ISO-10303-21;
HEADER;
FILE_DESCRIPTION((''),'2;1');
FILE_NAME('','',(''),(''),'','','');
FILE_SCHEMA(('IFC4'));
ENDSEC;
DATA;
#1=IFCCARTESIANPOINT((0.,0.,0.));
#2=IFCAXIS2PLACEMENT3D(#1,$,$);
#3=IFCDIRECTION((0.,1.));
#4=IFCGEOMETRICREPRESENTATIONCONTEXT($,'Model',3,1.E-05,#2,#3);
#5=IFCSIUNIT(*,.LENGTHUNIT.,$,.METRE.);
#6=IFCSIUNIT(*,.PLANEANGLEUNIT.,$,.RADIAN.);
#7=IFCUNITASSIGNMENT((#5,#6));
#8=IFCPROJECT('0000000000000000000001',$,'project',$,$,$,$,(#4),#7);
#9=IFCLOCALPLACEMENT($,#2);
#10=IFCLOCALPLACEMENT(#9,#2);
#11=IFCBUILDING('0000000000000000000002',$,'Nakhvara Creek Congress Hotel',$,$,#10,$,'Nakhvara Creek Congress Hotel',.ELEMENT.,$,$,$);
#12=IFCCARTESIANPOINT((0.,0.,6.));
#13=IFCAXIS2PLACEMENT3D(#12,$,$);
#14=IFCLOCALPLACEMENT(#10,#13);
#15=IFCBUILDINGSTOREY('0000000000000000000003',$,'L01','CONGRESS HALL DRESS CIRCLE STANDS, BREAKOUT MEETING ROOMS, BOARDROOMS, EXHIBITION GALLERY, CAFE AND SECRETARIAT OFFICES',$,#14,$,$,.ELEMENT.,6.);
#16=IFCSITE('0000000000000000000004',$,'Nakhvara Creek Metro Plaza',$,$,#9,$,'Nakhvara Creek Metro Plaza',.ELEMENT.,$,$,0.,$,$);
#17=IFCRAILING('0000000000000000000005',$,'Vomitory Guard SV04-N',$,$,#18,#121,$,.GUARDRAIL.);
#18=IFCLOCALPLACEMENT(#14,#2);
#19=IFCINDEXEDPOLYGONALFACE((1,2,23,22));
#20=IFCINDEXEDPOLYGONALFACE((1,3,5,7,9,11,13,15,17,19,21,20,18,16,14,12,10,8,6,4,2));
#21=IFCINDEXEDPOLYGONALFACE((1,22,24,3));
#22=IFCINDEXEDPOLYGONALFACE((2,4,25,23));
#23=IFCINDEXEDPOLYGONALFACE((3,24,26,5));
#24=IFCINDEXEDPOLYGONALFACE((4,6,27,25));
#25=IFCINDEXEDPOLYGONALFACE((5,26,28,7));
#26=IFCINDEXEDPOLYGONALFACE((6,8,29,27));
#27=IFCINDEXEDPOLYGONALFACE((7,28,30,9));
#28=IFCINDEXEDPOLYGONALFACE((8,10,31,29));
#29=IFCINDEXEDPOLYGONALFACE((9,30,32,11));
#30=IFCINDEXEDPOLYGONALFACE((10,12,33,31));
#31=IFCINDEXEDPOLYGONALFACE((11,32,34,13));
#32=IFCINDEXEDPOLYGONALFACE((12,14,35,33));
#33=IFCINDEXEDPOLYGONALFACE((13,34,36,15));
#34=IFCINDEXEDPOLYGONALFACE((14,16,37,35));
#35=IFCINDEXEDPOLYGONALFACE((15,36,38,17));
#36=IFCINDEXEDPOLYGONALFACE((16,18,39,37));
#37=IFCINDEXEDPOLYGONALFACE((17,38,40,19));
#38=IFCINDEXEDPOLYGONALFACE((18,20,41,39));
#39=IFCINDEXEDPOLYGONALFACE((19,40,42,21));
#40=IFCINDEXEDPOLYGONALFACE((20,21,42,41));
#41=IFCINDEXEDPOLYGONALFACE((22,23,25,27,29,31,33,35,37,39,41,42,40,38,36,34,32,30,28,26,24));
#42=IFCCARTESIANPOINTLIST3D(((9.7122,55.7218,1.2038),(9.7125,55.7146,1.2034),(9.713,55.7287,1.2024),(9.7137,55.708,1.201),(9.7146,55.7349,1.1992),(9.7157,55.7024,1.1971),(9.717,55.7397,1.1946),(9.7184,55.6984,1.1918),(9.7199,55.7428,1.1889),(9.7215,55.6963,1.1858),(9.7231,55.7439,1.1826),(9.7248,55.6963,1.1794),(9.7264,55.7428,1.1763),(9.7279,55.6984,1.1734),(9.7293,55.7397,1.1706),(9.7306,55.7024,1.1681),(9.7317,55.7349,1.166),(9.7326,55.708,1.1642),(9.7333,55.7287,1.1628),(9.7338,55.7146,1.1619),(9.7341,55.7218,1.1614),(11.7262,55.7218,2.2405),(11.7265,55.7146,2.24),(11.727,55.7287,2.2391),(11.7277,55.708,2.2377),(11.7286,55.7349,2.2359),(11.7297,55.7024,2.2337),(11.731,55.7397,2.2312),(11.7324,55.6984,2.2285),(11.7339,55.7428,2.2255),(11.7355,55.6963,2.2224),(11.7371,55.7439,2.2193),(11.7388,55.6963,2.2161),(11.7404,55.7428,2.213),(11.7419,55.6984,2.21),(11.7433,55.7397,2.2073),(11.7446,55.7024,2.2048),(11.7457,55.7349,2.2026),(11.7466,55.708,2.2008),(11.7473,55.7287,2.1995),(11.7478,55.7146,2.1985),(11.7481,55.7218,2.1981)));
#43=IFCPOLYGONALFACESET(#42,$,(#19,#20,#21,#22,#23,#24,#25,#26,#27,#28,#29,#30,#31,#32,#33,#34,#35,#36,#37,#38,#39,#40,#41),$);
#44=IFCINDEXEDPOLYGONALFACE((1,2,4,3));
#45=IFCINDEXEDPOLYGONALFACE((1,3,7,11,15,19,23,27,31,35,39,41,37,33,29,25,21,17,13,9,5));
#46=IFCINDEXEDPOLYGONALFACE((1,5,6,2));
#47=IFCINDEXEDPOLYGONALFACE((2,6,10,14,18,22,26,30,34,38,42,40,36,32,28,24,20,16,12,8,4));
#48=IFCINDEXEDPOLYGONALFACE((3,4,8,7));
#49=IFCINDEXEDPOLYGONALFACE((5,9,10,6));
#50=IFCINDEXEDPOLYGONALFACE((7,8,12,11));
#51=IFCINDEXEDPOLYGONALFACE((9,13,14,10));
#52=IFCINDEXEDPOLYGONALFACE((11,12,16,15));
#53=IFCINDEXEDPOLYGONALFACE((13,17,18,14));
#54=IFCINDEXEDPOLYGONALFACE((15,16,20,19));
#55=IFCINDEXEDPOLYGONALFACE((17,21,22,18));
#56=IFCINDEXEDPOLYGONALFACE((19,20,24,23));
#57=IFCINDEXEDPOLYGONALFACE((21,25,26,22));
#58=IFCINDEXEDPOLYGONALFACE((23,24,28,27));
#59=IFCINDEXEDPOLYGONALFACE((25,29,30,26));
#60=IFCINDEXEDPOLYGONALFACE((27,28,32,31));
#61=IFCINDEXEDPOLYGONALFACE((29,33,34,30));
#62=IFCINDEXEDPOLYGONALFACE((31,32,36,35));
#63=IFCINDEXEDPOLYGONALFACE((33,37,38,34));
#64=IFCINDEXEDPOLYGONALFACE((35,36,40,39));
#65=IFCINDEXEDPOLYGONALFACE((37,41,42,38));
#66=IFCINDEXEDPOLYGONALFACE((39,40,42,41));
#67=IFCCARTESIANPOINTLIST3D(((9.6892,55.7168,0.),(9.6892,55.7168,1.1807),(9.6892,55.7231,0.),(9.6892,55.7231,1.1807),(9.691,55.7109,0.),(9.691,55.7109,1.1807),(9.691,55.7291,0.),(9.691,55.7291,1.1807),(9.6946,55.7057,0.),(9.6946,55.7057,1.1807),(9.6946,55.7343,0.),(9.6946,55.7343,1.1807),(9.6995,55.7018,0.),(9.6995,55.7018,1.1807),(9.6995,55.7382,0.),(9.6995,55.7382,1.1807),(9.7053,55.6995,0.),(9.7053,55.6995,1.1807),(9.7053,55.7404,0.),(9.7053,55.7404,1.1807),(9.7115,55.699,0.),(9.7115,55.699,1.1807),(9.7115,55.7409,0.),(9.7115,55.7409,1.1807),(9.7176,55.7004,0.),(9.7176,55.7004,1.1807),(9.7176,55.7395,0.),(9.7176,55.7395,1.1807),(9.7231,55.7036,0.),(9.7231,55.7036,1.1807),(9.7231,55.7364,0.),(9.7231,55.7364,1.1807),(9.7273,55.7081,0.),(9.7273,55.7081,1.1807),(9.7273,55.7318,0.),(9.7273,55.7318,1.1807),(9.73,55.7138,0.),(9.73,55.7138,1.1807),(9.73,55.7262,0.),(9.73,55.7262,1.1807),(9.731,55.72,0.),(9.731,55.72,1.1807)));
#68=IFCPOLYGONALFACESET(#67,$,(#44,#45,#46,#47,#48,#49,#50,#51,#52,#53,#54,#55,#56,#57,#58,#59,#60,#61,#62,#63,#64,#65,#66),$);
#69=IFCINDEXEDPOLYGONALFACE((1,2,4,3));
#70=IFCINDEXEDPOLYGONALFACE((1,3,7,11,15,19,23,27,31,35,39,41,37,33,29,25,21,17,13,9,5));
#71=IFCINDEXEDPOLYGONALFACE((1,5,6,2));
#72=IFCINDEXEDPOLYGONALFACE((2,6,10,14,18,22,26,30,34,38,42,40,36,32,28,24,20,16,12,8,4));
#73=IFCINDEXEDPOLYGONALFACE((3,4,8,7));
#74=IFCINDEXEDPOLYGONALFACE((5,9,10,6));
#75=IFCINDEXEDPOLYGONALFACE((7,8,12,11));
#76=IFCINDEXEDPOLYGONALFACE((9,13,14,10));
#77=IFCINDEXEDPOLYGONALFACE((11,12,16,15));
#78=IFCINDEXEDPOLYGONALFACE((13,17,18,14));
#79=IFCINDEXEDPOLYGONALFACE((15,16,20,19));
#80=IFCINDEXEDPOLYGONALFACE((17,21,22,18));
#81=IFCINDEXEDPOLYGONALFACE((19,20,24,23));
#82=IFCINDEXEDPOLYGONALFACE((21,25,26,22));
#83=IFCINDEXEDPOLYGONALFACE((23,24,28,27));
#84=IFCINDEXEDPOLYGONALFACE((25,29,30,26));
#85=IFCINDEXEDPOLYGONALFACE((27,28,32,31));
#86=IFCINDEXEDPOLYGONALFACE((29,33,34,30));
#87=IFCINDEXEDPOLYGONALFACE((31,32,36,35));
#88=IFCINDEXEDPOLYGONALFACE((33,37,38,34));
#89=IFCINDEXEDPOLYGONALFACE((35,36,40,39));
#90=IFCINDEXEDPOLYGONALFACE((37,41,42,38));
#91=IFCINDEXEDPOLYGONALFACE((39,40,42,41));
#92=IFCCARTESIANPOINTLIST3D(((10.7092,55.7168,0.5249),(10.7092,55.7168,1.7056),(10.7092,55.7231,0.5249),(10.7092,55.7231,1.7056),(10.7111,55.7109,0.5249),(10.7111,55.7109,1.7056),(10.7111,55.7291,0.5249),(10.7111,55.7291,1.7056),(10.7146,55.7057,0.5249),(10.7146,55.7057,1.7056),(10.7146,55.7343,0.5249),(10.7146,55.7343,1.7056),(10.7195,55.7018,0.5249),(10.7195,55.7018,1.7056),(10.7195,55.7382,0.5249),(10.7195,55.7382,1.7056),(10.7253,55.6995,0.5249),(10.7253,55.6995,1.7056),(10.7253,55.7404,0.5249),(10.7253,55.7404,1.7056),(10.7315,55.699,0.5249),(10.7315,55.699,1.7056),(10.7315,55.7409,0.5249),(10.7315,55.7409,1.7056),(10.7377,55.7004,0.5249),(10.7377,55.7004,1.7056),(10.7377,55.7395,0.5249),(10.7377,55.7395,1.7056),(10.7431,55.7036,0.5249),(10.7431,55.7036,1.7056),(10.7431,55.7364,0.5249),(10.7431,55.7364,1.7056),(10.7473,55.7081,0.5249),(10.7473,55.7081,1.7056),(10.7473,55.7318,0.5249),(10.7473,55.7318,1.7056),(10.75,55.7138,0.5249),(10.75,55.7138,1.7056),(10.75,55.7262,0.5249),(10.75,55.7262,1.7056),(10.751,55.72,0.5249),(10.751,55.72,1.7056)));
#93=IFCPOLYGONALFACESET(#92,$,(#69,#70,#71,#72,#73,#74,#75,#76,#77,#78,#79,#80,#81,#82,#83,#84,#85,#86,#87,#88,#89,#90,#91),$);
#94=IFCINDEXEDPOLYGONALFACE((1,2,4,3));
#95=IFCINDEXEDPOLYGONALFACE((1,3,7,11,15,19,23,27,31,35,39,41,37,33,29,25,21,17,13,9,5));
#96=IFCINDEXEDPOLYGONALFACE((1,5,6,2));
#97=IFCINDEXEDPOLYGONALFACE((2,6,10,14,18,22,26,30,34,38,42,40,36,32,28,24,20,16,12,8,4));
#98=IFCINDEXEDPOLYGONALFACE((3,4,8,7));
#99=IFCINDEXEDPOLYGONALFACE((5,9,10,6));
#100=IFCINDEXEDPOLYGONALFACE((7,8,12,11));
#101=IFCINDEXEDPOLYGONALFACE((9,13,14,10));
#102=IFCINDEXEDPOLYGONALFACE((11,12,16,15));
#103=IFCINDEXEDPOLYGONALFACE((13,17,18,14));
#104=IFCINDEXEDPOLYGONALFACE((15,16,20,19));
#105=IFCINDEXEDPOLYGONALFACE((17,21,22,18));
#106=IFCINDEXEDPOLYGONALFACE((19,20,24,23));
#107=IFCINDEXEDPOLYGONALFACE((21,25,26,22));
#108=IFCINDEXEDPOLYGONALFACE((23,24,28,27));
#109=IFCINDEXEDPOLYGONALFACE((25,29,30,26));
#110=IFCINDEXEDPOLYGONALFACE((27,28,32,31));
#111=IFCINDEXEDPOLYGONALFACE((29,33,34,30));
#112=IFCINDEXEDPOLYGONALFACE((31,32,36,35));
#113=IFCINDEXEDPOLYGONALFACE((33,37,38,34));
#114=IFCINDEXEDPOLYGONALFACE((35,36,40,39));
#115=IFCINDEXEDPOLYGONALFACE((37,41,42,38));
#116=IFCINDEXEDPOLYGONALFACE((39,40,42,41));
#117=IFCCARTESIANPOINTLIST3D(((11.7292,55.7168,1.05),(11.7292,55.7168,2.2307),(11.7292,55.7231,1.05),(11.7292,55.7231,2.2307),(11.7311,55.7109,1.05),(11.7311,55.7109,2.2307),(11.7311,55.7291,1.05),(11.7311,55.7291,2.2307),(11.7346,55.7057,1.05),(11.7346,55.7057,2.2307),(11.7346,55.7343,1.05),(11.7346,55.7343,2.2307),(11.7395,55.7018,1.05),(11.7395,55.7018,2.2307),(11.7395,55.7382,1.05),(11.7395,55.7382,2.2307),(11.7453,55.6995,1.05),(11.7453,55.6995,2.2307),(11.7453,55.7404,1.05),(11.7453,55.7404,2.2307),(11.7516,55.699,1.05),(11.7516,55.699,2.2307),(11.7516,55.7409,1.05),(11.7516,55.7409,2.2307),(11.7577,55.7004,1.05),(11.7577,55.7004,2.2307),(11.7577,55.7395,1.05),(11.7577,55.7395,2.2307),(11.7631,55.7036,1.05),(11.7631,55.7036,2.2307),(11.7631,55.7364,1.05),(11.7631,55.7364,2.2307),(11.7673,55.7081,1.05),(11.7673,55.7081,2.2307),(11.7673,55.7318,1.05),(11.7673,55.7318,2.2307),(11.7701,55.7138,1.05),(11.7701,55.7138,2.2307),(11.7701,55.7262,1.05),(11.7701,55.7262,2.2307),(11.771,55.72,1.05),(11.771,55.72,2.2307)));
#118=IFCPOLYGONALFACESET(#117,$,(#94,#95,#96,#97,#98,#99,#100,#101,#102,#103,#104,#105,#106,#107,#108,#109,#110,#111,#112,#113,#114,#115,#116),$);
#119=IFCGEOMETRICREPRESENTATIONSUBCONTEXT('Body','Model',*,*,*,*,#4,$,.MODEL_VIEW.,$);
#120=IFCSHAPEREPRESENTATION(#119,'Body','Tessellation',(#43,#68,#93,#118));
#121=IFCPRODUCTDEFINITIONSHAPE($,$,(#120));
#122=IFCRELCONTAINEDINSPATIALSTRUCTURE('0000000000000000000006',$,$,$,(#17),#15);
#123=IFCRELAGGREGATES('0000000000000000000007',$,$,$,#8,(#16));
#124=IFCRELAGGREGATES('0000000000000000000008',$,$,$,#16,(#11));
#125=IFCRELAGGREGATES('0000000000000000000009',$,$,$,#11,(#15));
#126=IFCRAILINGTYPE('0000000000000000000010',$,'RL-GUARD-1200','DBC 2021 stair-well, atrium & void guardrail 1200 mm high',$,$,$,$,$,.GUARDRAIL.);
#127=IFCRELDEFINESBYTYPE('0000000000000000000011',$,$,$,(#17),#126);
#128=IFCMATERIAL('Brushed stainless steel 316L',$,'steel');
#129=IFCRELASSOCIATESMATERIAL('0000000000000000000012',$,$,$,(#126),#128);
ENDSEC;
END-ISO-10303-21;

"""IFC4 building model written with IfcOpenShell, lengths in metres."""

from ifc_helpers import new_model, si_unit, direction, frame, origin, origin_2d, place, context, subcontext, project, spatial, circle, extrude, material, type_object, element, save


model = new_model("IFC4")

# Units and contexts
model_context = context("Model", 3, precision=1e-05, world=origin(), true_north=direction((0.0, 1.0)))
body_context = subcontext(model_context, "Body", "Model", "MODEL_VIEW")
ifc_project = project(units=[si_unit("LENGTHUNIT", "METRE"), si_unit("PLANEANGLEUNIT", "RADIAN")], contexts=[model_context])

# Site, building, storey
site_placement = place(None, origin())
site = spatial("IfcSite", under=ifc_project, at=site_placement, Name="Nakhvara Creek Metro Plaza", LongName="Nakhvara Creek Metro Plaza", CompositionType="ELEMENT", RefElevation=0.0)
building_placement = place(site_placement, origin())
building = spatial("IfcBuilding", under=site, at=building_placement, Name="Nakhvara Creek Congress Hotel", LongName="Nakhvara Creek Congress Hotel", CompositionType="ELEMENT")
storey_placement = place(building_placement, frame((0.0, 0.0, 6.0)))
storey = spatial("IfcBuildingStorey", under=building, at=storey_placement, Name="L01", Description="CONGRESS HALL DRESS CIRCLE STANDS, BREAKOUT MEETING ROOMS, BOARDROOMS, EXHIBITION GALLERY, CAFE AND SECRETARIAT OFFICES", CompositionType="ELEMENT", Elevation=6.0)

# Railing
ifc_material_1 = material(Name="Brushed stainless steel 316L", Category="steel")
railing_type_1 = type_object("IfcRailingType", Name="RL-GUARD-1200", Description="DBC 2021 stair-well, atrium & void guardrail 1200 mm high", PredefinedType="GUARDRAIL", material=ifc_material_1)
for number, where, name in (
    (1, (9.71, 55.72, 0.0), "Vomitory Guard SV04-N"),
):
    element("IfcRailing", number, at=place(storey_placement, frame(where)), inside=storey, type_object=railing_type_1, Name=name, PredefinedType="GUARDRAIL", context=body_context, shape_type="SweptSolid", body=[
        extrude(circle(Radius=0.0239, at=origin_2d()), frame((0.0132, 0.0, 1.1826), z_axis=(0.889131, 0.0, 0.457653), x_axis=(0.0, 1.0, 0.0)), (0.0, 0.0, 1.0), 2.2651),
        extrude(circle(Radius=0.021, at=origin_2d()), origin(), (0.0, 0.0, 1.0), 1.1807),
        extrude(circle(Radius=0.021, at=origin_2d()), frame((1.02, 0.0, 0.5249)), (0.0, 0.0, 1.0), 1.1807),
        extrude(circle(Radius=0.021, at=origin_2d()), frame((2.04, 0.0, 1.05)), (0.0, 0.0, 1.0), 1.1807),
    ])

save(model, "model.ifc")
